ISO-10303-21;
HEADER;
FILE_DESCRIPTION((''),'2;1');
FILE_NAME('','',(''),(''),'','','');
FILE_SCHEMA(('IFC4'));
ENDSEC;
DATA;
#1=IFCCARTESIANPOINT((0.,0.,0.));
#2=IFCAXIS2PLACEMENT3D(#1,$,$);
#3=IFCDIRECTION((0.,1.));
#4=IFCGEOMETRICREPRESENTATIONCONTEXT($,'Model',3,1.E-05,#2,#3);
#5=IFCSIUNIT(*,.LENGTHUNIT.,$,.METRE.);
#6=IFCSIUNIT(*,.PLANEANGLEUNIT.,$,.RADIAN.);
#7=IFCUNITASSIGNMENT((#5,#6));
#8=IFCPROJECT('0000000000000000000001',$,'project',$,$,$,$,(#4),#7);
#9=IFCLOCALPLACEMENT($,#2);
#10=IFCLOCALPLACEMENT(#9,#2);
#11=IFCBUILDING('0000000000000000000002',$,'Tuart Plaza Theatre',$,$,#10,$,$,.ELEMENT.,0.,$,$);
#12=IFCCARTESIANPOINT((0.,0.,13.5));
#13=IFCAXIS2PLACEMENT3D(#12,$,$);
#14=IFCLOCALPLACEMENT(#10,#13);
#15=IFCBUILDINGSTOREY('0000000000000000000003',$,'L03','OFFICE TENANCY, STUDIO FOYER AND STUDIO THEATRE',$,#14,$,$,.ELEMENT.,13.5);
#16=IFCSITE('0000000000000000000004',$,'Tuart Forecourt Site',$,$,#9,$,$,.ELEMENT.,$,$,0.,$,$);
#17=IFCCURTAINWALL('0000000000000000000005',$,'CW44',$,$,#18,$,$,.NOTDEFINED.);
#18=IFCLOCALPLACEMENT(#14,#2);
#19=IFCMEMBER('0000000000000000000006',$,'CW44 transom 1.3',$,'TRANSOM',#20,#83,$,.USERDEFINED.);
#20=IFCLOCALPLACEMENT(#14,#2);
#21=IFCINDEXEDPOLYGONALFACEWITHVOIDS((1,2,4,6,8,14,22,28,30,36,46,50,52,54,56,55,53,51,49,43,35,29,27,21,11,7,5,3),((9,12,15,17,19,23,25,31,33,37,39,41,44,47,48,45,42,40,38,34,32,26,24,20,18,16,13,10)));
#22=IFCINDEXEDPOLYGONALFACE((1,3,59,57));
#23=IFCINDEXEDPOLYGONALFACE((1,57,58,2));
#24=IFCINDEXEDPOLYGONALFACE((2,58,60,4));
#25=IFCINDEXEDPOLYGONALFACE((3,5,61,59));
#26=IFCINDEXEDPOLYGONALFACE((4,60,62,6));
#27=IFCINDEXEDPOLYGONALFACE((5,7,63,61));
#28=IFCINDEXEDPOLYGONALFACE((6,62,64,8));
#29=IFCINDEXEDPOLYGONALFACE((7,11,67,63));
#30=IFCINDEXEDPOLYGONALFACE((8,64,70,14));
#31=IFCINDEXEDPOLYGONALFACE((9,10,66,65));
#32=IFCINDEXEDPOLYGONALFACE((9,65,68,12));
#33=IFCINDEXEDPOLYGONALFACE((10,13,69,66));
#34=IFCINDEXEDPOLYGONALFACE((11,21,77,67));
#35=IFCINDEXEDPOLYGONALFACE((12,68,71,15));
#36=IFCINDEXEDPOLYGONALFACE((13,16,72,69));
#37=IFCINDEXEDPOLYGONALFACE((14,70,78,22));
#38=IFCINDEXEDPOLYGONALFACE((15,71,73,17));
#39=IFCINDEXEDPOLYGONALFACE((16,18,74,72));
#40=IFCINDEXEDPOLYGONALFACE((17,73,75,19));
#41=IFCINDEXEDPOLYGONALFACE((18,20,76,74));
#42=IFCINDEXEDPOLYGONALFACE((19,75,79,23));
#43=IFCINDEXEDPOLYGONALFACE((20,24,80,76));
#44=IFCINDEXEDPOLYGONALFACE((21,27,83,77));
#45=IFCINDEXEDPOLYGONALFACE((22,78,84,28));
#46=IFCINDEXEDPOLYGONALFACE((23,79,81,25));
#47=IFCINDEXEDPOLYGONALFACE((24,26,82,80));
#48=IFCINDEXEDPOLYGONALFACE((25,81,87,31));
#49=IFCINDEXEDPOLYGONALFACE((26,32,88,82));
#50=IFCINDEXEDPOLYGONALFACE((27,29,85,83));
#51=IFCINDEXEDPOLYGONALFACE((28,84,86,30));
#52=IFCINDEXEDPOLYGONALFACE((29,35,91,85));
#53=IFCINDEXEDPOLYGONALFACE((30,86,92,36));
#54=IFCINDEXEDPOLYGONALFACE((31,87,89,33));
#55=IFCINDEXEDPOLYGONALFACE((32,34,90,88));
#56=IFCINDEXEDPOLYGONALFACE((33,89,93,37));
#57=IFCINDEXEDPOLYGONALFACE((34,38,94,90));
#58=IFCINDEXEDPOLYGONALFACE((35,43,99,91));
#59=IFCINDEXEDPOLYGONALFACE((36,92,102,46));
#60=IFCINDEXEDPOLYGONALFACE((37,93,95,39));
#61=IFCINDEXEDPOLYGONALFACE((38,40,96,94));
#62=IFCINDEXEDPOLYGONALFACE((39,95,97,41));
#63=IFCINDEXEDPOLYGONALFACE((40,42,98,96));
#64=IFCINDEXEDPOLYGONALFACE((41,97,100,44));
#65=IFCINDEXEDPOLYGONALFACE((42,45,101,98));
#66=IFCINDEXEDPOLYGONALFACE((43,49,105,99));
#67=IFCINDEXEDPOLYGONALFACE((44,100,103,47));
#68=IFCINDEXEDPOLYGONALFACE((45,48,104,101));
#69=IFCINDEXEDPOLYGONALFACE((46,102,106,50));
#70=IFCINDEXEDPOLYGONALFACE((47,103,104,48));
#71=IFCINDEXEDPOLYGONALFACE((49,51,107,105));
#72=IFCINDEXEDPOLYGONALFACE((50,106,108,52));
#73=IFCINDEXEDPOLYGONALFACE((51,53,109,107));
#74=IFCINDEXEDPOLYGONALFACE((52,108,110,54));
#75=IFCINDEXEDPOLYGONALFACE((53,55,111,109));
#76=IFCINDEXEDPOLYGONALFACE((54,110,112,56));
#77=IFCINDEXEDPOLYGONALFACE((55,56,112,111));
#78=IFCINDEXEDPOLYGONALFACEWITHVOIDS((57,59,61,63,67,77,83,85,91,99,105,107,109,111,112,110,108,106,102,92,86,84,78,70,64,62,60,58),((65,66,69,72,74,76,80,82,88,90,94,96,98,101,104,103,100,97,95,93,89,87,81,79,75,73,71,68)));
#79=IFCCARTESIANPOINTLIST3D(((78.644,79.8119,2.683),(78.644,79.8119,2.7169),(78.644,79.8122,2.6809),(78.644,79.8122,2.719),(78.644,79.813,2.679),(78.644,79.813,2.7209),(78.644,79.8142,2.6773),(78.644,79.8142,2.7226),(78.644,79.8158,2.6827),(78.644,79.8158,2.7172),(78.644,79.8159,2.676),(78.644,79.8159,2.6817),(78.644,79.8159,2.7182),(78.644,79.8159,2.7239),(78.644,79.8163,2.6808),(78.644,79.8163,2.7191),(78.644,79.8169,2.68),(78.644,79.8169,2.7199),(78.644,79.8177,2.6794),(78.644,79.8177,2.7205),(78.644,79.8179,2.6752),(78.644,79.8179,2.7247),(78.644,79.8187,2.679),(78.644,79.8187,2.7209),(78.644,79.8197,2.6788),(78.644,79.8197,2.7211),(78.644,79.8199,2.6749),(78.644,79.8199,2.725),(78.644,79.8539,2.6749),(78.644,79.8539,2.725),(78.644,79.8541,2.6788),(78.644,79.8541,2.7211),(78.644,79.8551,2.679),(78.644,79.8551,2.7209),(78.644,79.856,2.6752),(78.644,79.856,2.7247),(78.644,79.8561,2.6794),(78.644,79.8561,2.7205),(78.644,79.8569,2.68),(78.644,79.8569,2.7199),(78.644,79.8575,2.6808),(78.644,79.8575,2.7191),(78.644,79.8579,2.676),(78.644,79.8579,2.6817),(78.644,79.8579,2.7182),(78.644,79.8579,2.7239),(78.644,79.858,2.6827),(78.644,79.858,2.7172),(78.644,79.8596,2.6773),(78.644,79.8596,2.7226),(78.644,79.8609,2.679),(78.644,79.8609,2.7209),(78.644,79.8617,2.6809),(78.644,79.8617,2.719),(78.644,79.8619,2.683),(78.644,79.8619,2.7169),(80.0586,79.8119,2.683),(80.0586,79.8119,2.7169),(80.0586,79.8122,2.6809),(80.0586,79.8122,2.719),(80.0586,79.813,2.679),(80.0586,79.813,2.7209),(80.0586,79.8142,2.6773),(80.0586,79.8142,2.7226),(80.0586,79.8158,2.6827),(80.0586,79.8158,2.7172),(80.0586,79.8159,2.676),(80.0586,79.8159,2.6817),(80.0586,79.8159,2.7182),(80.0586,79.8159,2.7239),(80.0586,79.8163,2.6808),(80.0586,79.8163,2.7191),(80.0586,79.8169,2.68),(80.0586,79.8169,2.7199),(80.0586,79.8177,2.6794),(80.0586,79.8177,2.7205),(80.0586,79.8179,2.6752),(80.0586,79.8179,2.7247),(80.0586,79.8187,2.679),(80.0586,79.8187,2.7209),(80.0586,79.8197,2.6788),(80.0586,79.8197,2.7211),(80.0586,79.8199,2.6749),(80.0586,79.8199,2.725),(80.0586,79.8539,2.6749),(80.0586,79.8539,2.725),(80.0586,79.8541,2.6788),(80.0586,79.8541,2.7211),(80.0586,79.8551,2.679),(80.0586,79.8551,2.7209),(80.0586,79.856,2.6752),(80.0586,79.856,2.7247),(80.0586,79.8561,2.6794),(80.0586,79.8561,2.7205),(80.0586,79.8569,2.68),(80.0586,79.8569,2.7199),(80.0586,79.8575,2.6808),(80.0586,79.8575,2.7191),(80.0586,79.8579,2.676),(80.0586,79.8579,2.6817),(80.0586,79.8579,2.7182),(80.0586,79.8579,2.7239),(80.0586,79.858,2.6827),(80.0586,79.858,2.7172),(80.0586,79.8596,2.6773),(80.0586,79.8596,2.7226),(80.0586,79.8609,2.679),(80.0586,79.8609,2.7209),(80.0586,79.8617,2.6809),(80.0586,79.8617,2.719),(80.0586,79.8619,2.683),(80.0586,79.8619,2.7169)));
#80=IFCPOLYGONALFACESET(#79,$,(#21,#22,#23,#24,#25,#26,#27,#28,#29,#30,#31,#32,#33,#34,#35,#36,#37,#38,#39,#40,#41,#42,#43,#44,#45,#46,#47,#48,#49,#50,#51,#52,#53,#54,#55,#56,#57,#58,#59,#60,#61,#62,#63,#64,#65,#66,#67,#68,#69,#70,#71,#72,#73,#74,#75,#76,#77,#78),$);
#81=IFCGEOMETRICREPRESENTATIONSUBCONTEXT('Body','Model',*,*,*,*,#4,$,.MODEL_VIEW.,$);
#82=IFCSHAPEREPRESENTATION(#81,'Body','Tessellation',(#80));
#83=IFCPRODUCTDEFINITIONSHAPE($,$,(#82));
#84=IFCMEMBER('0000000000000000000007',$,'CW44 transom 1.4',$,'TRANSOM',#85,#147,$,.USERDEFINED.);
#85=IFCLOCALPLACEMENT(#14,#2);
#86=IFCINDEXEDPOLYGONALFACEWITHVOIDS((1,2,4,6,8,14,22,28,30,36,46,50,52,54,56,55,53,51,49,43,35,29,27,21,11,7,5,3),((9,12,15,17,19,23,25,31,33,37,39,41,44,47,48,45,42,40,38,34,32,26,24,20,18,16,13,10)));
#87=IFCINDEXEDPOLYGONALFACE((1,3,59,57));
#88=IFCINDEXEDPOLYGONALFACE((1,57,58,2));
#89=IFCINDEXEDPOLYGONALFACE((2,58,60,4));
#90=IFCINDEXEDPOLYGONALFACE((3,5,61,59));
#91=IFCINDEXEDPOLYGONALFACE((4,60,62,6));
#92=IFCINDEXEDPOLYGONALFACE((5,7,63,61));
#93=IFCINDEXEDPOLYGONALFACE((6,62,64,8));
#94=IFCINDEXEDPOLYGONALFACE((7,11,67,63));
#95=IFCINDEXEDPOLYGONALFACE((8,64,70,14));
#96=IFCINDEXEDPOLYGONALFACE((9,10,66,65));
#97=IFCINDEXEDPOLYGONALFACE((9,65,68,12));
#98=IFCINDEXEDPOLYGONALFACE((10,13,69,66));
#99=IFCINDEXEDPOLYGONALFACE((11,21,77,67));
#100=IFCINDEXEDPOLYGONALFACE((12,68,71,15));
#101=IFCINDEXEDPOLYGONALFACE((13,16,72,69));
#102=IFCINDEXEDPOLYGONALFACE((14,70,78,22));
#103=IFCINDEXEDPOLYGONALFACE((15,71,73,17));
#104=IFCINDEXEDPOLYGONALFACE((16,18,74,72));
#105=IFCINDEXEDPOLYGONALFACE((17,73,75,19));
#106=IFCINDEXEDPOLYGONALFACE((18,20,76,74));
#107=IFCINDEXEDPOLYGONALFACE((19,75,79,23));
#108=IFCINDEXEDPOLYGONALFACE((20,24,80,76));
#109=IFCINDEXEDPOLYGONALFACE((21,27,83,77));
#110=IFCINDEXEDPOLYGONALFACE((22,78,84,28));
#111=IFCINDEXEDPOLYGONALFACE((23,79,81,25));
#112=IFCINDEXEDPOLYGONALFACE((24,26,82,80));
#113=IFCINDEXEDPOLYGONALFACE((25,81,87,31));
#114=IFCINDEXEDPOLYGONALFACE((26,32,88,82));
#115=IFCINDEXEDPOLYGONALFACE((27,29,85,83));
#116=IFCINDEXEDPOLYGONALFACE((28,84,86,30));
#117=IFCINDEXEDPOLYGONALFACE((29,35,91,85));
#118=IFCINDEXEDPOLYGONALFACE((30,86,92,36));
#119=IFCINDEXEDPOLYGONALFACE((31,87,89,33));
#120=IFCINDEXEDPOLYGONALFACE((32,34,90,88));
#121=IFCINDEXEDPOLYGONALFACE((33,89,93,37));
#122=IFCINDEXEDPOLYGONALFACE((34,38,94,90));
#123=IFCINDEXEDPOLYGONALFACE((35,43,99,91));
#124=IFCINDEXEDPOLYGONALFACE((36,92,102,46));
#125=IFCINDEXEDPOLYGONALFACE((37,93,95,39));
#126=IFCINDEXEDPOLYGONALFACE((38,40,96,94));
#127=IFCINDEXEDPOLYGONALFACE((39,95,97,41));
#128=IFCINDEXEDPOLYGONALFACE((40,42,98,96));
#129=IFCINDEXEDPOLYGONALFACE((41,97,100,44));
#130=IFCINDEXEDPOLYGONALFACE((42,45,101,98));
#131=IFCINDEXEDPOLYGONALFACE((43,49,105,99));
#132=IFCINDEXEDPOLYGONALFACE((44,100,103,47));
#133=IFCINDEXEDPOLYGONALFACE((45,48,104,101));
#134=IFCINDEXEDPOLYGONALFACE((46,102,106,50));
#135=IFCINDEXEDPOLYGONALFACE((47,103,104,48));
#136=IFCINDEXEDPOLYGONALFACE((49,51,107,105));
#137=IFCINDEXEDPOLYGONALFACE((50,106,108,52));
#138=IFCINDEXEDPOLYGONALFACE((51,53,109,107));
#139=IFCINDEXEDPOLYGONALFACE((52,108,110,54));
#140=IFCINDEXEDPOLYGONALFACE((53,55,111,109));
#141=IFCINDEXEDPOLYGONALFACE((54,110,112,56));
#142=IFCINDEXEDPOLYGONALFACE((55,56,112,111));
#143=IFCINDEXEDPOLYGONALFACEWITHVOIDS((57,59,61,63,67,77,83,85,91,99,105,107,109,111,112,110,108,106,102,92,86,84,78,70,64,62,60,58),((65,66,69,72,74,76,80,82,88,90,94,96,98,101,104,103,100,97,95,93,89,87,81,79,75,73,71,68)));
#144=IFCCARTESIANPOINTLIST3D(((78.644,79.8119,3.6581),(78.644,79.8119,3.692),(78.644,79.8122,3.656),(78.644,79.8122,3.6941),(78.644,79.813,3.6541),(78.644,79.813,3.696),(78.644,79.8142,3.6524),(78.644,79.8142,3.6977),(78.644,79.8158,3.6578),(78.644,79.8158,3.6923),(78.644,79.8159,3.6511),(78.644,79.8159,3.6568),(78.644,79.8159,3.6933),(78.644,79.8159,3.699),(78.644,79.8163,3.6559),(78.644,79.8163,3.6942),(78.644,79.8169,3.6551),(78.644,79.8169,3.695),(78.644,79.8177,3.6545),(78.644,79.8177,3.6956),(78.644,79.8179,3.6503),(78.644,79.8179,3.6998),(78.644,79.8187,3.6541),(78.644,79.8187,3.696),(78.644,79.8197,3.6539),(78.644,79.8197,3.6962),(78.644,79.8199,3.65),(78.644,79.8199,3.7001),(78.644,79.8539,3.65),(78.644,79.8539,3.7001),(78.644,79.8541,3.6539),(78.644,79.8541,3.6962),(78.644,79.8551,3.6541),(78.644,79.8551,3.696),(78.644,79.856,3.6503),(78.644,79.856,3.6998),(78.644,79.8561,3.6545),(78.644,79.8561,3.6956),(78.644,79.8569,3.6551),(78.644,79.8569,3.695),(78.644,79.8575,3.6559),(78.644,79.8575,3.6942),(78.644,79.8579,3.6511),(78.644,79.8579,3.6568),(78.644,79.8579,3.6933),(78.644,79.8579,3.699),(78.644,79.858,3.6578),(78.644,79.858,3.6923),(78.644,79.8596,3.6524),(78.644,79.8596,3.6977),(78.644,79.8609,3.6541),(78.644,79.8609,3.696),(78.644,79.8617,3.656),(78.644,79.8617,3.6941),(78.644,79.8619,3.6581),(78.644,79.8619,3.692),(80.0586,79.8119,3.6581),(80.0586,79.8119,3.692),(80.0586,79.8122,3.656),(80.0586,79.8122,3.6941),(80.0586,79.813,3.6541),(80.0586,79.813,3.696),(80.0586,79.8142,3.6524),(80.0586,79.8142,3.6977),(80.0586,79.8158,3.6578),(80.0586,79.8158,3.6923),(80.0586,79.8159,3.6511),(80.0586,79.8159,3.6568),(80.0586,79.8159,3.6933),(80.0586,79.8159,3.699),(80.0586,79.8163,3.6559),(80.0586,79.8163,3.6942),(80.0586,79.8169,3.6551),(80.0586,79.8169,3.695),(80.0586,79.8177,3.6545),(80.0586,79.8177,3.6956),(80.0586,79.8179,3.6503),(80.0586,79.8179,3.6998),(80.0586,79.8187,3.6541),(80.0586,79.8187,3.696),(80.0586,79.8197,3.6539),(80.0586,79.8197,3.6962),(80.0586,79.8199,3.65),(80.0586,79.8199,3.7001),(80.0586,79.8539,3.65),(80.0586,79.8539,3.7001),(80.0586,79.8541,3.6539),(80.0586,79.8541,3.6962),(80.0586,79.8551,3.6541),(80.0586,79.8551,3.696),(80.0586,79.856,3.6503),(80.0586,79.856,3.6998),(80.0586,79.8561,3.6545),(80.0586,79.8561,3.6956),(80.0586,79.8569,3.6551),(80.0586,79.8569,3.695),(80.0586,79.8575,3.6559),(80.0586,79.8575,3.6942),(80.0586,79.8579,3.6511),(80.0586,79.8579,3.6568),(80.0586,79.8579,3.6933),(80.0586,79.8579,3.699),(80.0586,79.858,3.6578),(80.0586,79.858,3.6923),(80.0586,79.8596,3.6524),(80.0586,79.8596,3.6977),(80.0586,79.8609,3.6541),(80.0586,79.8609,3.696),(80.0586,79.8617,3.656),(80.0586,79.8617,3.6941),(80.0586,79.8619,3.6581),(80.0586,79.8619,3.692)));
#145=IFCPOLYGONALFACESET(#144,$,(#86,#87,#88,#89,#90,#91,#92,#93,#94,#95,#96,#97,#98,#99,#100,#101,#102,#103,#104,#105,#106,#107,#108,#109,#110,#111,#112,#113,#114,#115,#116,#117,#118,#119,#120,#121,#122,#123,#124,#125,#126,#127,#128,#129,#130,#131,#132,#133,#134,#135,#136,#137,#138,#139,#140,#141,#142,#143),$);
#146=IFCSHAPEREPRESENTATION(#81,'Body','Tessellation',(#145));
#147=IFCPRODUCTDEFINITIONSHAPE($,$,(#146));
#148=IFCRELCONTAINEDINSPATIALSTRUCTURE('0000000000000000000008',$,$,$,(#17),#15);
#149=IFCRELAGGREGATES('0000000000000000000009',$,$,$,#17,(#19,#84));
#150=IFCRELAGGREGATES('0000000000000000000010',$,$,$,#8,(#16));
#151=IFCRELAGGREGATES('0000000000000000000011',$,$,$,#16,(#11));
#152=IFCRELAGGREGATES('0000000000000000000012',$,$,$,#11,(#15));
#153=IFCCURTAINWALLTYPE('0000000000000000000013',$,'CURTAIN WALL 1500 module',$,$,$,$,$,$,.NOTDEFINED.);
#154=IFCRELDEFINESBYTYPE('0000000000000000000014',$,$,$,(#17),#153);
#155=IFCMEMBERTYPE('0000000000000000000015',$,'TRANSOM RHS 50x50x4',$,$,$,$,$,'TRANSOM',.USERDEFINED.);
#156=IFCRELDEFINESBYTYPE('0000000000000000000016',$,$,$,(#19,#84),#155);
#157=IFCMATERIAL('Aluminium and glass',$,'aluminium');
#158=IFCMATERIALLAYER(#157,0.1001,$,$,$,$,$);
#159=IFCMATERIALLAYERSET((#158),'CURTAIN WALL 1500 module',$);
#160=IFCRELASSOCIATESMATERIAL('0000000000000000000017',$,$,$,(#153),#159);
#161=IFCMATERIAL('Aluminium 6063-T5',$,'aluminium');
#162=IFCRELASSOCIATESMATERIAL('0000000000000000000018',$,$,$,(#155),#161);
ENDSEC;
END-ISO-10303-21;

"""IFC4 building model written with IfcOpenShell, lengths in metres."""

from ifc_helpers import new_model, si_unit, direction, frame, origin, origin_2d, place, context, subcontext, project, spatial, hollow_rectangle, extrude, material, layer, layer_set, material_profile, profile_set, type_object, element, aggregate, save


model = new_model("IFC4")

# Units and contexts
model_context = context("Model", 3, precision=1e-05, world=origin(), true_north=direction((0.0, 1.0)))
body_context = subcontext(model_context, "Body", "Model", "MODEL_VIEW")
ifc_project = project(units=[si_unit("LENGTHUNIT", "METRE"), si_unit("PLANEANGLEUNIT", "RADIAN")], contexts=[model_context])

# Site, building, storey
site_placement = place(None, origin())
site = spatial("IfcSite", under=ifc_project, at=site_placement, Name="Tuart Forecourt Site", CompositionType="ELEMENT", RefElevation=0.0)
building_placement = place(site_placement, origin())
building = spatial("IfcBuilding", under=site, at=building_placement, Name="Tuart Plaza Theatre", CompositionType="ELEMENT", ElevationOfRefHeight=0.0)
storey_placement = place(building_placement, frame((0.0, 0.0, 13.5)))
storey = spatial("IfcBuildingStorey", under=building, at=storey_placement, Name="L03", Description="OFFICE TENANCY, STUDIO FOYER AND STUDIO THEATRE", CompositionType="ELEMENT", Elevation=13.5)

# Curtain wall, members
ifc_material_1 = material(Name="Aluminium and glass", Category="aluminium")
ifc_layer_1 = layer(ifc_material_1, 0.1001)
ifc_layer_set_1 = layer_set([ifc_layer_1], Name="CURTAIN WALL 1500 module")
curtain_wall_type = type_object("IfcCurtainWallType", Name="CURTAIN WALL 1500 module", PredefinedType="NOTDEFINED", material=ifc_layer_set_1)
curtain_wall_placement = place(storey_placement, origin())
curtain_wall = element("IfcCurtainWall", 1, at=curtain_wall_placement, inside=storey, type_object=curtain_wall_type, Name="CW44", PredefinedType="NOTDEFINED")
ifc_material_2 = material(Name="Aluminium 6063-T5", Category="aluminium")
ifc_material_profile_1 = material_profile(ifc_material_2, hollow_rectangle(XDim=0.05, YDim=0.05, WallThickness=0.0039, InnerFilletRadius=0.0039, OuterFilletRadius=0.0081, at=origin_2d()), Name="RHS 50x50x4")
ifc_profile_set_1 = profile_set([ifc_material_profile_1], Name="Aluminium 6063-T5")
member_type_1 = type_object("IfcMemberType", Name="TRANSOM RHS 50x50x4", ElementType="TRANSOM", PredefinedType="USERDEFINED", material=ifc_profile_set_1)
member_1_placement = place(storey_placement, frame((78.644, 79.8369, 2.7), z_axis=(1.0, 0.0, 0.0), x_axis=(0.0, 1.0, 0.0)))
member_1 = element("IfcMember", 2, at=member_1_placement, type_object=member_type_1, Name="CW44 transom 1.3", ObjectType="TRANSOM", PredefinedType="USERDEFINED", context=body_context, shape_type="SweptSolid", body=[
    extrude(hollow_rectangle(XDim=0.05, YDim=0.05, WallThickness=0.0039, InnerFilletRadius=0.0039, OuterFilletRadius=0.0081, at=origin_2d()), origin(), (0.0, 0.0, 1.0), 1.4146),
])
member_2_placement = place(storey_placement, frame((78.644, 79.8369, 3.675), z_axis=(1.0, 0.0, 0.0), x_axis=(0.0, 1.0, 0.0)))
member_2 = element("IfcMember", 3, at=member_2_placement, type_object=member_type_1, Name="CW44 transom 1.4", ObjectType="TRANSOM", PredefinedType="USERDEFINED", context=body_context, shape_type="SweptSolid", body=[
    extrude(hollow_rectangle(XDim=0.05, YDim=0.05, WallThickness=0.0039, InnerFilletRadius=0.0039, OuterFilletRadius=0.0081, at=origin_2d()), origin(), (0.0, 0.0, 1.0), 1.4146),
])
aggregate(curtain_wall, [member_1, member_2])

save(model, "model.ifc")
